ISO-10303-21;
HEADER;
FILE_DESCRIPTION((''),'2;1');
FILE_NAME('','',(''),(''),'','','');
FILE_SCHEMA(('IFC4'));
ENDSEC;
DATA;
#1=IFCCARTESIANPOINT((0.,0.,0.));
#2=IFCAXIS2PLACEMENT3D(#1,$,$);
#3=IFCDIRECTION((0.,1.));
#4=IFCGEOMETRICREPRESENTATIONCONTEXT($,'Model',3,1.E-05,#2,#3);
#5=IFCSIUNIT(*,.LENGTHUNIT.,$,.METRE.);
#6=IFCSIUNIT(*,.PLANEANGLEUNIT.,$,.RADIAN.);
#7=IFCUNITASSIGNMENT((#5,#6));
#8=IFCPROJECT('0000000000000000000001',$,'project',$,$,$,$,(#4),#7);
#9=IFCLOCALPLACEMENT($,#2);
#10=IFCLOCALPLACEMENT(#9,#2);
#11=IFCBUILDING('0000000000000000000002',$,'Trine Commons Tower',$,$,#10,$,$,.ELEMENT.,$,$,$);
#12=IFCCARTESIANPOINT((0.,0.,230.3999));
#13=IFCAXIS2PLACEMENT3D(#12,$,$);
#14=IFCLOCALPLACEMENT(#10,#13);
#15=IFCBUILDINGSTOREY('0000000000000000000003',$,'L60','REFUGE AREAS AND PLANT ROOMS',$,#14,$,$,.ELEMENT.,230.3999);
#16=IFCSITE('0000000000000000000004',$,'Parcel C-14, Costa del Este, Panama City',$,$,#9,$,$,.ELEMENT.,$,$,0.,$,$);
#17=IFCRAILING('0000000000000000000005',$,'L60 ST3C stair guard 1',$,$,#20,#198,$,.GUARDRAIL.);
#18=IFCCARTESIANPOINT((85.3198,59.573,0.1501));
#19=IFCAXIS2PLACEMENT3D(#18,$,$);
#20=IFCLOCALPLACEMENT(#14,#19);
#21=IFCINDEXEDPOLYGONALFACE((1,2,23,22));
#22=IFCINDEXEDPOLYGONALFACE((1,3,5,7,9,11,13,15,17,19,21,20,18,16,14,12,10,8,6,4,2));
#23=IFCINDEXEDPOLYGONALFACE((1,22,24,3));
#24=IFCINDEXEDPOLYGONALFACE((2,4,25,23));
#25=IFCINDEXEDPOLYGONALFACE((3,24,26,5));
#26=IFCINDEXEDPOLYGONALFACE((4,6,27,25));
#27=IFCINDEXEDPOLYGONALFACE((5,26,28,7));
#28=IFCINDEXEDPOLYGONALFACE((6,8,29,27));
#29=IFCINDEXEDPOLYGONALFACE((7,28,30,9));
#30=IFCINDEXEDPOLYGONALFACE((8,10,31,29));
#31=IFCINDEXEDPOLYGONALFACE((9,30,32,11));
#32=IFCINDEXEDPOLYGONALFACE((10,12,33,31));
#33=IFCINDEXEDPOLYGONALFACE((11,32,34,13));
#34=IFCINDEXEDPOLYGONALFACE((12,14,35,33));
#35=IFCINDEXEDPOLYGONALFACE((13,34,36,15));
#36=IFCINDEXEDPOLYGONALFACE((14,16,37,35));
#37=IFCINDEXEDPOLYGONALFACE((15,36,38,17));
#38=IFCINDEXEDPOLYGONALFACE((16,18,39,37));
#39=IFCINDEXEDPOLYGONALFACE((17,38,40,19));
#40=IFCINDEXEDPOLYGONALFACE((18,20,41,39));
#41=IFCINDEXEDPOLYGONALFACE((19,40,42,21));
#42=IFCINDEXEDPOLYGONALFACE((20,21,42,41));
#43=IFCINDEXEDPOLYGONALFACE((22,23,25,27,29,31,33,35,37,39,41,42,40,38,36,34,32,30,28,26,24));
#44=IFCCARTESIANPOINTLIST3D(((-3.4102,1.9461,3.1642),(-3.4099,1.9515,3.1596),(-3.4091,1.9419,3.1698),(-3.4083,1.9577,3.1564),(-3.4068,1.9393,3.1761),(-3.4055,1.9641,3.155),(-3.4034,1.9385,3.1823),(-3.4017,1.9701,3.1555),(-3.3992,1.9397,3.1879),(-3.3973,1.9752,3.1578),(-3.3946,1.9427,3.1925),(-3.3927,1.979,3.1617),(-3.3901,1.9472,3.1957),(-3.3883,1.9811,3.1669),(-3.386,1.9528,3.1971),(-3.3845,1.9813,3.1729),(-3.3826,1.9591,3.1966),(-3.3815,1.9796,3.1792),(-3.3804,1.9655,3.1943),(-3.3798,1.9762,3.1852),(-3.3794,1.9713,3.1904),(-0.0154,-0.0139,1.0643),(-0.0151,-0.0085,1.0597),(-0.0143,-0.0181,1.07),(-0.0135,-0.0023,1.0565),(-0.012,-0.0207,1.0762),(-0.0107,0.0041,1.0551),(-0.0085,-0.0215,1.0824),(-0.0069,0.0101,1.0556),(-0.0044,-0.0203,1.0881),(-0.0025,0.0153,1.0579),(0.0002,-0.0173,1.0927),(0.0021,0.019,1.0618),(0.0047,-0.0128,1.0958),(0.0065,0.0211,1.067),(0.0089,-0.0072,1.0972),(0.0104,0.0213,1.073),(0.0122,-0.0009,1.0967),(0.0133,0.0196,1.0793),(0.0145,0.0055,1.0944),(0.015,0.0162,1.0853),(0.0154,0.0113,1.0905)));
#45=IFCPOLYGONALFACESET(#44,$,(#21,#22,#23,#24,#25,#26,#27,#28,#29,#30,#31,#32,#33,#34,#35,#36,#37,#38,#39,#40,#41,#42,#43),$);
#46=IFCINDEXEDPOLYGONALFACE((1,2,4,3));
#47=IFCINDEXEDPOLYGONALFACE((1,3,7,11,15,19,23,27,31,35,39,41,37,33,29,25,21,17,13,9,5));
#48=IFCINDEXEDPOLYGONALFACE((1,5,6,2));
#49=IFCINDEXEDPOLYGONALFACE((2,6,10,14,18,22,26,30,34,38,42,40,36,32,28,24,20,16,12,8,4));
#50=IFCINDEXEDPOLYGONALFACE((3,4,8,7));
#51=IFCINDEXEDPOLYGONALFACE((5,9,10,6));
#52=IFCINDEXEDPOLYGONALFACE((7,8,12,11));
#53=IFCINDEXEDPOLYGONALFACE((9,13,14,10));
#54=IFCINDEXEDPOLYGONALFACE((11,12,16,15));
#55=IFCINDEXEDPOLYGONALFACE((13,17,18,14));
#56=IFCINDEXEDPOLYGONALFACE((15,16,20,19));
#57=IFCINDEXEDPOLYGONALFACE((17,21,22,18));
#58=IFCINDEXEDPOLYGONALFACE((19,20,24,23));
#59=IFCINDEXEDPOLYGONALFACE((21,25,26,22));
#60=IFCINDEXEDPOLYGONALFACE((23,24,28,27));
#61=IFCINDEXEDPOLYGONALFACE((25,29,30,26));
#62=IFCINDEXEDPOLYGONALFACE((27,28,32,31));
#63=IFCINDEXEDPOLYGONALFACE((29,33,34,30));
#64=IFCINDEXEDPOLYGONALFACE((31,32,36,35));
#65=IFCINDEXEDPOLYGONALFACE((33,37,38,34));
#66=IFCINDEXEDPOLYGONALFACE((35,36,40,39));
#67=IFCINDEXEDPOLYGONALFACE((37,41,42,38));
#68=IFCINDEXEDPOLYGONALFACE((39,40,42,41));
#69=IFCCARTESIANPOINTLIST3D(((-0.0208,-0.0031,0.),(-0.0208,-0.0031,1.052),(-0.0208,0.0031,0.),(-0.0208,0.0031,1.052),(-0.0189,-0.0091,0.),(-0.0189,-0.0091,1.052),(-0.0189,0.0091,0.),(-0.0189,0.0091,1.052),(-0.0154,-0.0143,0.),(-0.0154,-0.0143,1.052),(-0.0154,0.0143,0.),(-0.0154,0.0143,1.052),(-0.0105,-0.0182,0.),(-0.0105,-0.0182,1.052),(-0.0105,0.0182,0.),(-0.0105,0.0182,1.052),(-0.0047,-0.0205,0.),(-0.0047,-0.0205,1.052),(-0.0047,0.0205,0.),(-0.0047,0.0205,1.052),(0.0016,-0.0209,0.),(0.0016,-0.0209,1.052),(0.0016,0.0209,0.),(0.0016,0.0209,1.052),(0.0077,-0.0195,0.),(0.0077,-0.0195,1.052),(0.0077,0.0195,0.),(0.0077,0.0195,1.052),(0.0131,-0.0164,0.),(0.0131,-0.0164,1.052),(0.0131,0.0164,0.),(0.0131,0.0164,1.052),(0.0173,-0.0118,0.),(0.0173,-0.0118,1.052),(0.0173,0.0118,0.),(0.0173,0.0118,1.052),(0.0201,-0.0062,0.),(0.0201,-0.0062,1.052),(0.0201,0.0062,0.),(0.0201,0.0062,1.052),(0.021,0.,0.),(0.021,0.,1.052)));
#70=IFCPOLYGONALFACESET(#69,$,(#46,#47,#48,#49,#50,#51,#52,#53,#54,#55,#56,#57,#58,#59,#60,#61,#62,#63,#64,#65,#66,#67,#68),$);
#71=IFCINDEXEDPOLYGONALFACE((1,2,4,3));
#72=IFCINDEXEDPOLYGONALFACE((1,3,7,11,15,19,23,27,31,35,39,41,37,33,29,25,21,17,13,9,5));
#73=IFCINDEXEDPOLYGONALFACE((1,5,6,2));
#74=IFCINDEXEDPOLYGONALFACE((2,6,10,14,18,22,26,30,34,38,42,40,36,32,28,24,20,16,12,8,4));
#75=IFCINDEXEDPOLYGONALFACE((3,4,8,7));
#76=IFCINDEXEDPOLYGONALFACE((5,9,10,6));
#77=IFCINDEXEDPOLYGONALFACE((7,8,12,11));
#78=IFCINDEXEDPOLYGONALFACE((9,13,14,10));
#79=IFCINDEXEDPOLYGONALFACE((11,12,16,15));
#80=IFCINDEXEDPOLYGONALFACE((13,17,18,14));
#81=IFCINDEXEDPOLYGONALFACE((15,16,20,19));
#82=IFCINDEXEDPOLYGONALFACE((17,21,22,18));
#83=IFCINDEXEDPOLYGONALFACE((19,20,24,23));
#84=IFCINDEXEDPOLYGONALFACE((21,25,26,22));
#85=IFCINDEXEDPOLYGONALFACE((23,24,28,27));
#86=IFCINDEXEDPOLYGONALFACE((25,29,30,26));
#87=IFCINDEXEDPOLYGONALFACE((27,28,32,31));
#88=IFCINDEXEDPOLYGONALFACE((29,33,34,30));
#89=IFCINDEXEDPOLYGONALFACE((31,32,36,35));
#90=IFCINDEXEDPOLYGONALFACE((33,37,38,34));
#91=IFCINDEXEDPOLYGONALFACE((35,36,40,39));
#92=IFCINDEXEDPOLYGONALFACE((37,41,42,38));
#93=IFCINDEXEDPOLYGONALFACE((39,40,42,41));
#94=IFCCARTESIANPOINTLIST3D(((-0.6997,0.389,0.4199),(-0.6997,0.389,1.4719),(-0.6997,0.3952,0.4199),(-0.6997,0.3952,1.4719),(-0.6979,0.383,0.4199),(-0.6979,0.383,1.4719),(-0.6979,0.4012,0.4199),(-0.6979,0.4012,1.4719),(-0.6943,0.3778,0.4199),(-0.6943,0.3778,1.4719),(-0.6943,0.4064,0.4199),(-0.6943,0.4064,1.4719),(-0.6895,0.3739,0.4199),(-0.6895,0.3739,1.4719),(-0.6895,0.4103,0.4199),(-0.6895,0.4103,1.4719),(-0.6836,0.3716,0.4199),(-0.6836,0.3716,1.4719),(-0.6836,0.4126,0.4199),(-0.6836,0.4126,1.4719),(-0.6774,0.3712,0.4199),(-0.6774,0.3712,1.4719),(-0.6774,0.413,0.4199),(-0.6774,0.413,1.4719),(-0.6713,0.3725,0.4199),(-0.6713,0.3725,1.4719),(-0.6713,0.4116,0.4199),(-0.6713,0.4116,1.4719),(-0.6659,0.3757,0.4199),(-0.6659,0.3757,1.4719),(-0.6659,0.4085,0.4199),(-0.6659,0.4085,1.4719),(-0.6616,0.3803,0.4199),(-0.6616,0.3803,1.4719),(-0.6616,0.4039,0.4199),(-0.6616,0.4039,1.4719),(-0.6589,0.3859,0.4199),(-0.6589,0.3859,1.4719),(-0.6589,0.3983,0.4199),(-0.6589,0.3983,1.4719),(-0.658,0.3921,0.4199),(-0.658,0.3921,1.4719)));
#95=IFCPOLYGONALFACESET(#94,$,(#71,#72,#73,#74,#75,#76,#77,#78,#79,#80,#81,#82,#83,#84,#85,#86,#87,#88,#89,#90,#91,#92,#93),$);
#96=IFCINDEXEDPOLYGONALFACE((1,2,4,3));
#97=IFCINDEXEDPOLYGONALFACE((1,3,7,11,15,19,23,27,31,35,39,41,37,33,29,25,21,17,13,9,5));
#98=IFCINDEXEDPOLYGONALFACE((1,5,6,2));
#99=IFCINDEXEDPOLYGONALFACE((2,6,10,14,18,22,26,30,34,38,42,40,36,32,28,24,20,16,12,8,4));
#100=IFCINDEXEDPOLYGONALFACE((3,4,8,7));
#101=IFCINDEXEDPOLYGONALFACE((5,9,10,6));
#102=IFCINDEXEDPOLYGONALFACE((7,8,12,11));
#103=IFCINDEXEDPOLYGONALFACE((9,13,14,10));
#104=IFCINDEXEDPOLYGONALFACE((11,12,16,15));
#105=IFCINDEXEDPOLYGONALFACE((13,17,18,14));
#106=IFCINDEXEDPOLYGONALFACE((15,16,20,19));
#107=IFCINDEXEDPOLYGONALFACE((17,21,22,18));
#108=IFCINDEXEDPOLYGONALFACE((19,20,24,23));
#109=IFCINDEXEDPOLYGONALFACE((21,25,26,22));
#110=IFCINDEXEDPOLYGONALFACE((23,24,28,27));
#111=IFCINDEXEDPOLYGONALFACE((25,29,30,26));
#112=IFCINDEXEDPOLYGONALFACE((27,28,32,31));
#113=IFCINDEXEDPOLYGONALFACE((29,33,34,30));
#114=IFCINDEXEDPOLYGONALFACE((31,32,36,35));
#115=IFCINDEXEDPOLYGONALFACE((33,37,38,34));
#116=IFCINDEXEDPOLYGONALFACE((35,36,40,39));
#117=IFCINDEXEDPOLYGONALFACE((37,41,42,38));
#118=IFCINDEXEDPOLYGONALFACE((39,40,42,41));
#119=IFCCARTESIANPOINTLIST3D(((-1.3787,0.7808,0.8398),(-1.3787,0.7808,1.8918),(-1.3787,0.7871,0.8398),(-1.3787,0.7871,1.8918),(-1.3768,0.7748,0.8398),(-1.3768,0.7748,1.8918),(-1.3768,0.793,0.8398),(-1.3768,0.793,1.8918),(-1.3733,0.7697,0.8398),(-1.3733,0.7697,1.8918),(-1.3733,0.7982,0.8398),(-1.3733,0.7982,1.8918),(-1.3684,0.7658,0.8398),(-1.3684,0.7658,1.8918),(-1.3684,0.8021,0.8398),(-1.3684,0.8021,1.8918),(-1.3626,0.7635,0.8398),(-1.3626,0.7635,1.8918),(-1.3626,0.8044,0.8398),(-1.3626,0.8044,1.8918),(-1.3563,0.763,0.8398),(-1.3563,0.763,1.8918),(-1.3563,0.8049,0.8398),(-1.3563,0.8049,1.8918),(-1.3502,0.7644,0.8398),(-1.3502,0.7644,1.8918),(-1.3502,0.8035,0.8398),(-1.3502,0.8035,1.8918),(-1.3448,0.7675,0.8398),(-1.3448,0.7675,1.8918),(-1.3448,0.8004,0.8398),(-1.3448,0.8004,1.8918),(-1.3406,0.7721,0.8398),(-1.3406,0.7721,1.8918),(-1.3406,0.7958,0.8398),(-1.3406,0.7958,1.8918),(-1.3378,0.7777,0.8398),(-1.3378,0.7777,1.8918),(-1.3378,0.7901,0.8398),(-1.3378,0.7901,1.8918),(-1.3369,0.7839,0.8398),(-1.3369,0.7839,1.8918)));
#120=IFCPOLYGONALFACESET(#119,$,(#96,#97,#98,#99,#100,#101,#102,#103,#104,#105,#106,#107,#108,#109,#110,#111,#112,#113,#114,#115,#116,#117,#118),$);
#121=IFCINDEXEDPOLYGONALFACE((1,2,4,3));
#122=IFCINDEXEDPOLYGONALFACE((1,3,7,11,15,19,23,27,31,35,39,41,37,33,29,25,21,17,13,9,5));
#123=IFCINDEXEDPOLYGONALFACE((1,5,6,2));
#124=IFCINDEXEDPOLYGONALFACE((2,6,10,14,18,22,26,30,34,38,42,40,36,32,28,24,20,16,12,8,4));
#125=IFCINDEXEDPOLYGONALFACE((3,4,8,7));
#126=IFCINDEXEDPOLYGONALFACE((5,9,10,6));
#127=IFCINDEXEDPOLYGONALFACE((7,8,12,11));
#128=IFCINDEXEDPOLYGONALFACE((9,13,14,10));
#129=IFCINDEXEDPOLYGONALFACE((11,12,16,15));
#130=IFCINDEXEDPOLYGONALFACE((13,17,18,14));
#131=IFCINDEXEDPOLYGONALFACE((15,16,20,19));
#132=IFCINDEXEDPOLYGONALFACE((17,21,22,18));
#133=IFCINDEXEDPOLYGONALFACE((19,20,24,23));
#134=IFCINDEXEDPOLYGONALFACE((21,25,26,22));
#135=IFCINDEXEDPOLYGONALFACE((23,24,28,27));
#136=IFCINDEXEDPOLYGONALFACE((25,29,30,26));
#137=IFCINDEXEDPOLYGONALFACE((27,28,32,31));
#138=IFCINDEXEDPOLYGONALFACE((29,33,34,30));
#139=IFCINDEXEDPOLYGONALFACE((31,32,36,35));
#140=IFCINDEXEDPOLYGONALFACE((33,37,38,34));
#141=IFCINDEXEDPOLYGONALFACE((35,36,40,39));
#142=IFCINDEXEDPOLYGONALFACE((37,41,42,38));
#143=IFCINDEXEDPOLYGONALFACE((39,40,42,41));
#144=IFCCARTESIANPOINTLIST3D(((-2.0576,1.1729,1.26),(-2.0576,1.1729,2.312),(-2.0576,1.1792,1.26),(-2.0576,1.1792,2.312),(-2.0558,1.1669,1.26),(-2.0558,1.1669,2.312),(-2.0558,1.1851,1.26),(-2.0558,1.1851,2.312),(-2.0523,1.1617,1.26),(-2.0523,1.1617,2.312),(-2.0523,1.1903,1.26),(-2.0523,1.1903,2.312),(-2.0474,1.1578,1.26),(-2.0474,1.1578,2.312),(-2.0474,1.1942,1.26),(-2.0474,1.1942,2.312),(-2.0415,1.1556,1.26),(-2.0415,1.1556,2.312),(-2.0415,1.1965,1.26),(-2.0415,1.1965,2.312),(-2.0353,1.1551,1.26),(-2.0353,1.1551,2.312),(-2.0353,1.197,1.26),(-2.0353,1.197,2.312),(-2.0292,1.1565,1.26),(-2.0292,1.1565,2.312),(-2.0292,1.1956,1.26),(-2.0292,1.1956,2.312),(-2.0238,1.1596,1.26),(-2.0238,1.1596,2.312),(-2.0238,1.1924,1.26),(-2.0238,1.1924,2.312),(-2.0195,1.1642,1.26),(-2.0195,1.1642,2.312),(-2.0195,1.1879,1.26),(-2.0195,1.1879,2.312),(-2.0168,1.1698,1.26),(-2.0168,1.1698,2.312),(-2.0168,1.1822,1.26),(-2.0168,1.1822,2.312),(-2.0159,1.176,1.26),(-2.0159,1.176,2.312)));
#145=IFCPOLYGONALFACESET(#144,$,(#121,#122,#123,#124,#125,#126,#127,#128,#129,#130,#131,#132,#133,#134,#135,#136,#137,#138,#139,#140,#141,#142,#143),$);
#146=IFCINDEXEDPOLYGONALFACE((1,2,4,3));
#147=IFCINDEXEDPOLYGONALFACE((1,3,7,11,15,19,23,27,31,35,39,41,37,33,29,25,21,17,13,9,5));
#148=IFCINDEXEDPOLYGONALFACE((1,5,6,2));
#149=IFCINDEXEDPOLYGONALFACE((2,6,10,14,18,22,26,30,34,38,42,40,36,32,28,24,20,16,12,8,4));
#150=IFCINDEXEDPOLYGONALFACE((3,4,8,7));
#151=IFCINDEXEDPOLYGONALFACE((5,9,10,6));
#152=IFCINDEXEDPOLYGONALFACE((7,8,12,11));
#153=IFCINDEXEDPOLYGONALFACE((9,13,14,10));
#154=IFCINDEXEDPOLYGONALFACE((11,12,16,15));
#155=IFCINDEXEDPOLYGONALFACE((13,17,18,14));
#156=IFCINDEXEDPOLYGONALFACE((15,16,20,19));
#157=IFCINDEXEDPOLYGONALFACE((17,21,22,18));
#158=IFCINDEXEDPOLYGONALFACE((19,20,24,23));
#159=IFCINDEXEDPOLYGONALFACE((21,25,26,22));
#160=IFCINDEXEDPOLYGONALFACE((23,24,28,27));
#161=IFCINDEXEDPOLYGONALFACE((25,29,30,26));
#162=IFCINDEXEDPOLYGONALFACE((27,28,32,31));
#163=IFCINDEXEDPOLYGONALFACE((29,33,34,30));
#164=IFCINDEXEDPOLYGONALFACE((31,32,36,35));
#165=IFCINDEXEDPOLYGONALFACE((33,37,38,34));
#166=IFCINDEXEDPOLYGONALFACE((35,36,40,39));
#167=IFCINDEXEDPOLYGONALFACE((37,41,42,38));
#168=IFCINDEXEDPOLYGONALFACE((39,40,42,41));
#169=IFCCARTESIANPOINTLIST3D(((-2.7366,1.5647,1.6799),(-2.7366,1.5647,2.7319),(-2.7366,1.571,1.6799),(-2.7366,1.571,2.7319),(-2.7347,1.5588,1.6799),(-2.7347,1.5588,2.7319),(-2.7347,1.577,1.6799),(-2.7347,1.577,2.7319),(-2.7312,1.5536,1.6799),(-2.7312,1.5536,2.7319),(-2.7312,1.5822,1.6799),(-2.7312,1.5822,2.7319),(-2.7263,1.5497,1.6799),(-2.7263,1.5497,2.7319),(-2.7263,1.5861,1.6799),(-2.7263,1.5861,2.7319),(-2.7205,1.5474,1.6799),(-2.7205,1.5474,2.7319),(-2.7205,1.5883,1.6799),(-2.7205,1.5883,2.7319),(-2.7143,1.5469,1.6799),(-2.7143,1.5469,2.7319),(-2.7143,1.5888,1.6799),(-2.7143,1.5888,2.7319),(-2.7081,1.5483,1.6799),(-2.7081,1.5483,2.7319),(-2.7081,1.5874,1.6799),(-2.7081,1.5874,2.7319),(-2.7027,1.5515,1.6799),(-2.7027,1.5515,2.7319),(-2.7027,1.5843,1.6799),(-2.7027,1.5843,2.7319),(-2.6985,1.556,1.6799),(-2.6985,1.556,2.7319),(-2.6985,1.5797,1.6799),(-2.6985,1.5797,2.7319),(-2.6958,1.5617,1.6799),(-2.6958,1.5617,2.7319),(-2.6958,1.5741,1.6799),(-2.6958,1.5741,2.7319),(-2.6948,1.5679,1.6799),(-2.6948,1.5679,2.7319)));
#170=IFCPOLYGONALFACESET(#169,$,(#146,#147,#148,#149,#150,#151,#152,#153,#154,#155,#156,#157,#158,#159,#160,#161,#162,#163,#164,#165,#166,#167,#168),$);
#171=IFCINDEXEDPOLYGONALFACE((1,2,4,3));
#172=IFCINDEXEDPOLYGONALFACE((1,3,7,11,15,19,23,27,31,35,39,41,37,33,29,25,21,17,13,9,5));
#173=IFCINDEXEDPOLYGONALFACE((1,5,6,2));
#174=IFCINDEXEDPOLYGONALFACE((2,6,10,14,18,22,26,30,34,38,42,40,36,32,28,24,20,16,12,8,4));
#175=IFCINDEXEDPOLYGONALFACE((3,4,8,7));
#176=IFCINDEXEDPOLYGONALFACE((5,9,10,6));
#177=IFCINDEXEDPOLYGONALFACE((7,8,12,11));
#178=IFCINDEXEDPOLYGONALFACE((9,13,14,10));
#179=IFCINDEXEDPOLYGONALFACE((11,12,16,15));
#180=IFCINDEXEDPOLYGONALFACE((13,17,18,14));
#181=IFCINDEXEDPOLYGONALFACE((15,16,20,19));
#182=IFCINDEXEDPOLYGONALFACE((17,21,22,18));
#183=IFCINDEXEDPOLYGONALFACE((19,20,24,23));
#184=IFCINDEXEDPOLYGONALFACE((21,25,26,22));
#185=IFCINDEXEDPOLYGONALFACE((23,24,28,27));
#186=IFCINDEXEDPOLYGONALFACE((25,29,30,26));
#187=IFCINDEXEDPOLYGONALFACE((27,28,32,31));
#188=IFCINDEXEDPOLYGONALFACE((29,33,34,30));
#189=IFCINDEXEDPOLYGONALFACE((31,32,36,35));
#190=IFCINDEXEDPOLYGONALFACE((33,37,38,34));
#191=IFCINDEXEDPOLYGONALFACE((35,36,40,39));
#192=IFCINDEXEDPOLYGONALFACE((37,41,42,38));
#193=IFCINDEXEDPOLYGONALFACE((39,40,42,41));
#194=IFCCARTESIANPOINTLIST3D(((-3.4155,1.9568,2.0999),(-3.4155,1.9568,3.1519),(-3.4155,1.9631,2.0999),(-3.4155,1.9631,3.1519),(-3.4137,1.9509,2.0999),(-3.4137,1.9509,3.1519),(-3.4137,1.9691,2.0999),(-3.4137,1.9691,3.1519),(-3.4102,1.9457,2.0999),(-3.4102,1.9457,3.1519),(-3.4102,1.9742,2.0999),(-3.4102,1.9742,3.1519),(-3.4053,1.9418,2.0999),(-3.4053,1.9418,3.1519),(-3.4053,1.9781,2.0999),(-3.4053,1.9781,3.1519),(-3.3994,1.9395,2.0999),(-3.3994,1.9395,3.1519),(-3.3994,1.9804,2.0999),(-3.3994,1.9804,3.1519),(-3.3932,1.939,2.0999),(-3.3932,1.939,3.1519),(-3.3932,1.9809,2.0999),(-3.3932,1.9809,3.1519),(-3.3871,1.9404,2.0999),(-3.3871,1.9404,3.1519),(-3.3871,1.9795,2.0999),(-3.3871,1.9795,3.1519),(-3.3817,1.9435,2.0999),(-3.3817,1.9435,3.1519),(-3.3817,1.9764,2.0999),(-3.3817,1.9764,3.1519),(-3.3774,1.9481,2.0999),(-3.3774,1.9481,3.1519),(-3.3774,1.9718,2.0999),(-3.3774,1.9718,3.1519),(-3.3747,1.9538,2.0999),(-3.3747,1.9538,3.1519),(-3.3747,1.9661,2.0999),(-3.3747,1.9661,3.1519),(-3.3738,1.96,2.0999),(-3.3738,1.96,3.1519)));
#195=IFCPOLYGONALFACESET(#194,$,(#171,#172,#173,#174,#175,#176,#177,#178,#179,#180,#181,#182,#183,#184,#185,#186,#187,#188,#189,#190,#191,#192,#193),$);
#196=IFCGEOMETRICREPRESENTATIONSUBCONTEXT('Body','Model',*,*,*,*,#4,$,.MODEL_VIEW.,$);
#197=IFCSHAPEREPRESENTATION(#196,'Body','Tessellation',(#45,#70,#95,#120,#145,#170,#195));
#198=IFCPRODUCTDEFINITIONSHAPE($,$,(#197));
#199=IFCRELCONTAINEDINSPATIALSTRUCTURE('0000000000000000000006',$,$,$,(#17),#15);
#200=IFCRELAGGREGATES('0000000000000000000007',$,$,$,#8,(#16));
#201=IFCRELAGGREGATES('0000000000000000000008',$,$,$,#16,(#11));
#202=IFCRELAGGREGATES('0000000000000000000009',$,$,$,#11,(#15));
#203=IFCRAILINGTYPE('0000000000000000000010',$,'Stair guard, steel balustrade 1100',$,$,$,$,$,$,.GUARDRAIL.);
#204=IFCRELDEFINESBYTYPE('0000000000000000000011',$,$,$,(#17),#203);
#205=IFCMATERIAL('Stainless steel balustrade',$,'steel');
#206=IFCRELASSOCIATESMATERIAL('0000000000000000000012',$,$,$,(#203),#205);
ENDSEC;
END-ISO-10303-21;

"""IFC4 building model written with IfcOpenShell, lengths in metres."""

from ifc_helpers import new_model, si_unit, direction, frame, origin, origin_2d, place, context, subcontext, project, spatial, circle, extrude, material, type_object, element, save


model = new_model("IFC4")

# Units and contexts
model_context = context("Model", 3, precision=1e-05, world=origin(), true_north=direction((0.0, 1.0)))
body_context = subcontext(model_context, "Body", "Model", "MODEL_VIEW")
ifc_project = project(units=[si_unit("LENGTHUNIT", "METRE"), si_unit("PLANEANGLEUNIT", "RADIAN")], contexts=[model_context])

# Site, building, storey
site_placement = place(None, origin())
site = spatial("IfcSite", under=ifc_project, at=site_placement, Name="Parcel C-14, Costa del Este, Panama City", CompositionType="ELEMENT", RefElevation=0.0)
building_placement = place(site_placement, origin())
building = spatial("IfcBuilding", under=site, at=building_placement, Name="Trine Commons Tower", CompositionType="ELEMENT")
storey_placement = place(building_placement, frame((0.0, 0.0, 230.3999)))
storey = spatial("IfcBuildingStorey", under=building, at=storey_placement, Name="L60", Description="REFUGE AREAS AND PLANT ROOMS", CompositionType="ELEMENT", Elevation=230.3999)

# Railing
ifc_material_1 = material(Name="Stainless steel balustrade", Category="steel")
railing_type_1 = type_object("IfcRailingType", Name="Stair guard, steel balustrade 1100", PredefinedType="GUARDRAIL", material=ifc_material_1)
railing_1_placement = place(storey_placement, frame((85.3198, 59.573, 0.1501)))
element("IfcRailing", 1, at=railing_1_placement, inside=storey, type_object=railing_type_1, Name="L60 ST3C stair guard 1", PredefinedType="GUARDRAIL", context=body_context, shape_type="SweptSolid", body=[
    extrude(circle(Radius=0.0239, at=origin_2d()), frame((0.0, 0.0, 1.0762), z_axis=(-0.763395, 0.440743, 0.472201), x_axis=(-0.499997, -0.866027, 0.0)), (0.0, 0.0, 1.0), 4.447),
    extrude(circle(Radius=0.021, at=origin_2d()), origin(), (0.0, 0.0, 1.0), 1.052),
    extrude(circle(Radius=0.021, at=origin_2d()), frame((-0.679, 0.3921, 0.4199)), (0.0, 0.0, 1.0), 1.052),
    extrude(circle(Radius=0.021, at=origin_2d()), frame((-1.3579, 0.7839, 0.8398)), (0.0, 0.0, 1.0), 1.052),
    extrude(circle(Radius=0.021, at=origin_2d()), frame((-2.0369, 1.176, 1.26)), (0.0, 0.0, 1.0), 1.052),
    extrude(circle(Radius=0.021, at=origin_2d()), frame((-2.7158, 1.5679, 1.6799)), (0.0, 0.0, 1.0), 1.052),
    extrude(circle(Radius=0.021, at=origin_2d()), frame((-3.3948, 1.96, 2.0999)), (0.0, 0.0, 1.0), 1.052),
])

save(model, "model.ifc")
